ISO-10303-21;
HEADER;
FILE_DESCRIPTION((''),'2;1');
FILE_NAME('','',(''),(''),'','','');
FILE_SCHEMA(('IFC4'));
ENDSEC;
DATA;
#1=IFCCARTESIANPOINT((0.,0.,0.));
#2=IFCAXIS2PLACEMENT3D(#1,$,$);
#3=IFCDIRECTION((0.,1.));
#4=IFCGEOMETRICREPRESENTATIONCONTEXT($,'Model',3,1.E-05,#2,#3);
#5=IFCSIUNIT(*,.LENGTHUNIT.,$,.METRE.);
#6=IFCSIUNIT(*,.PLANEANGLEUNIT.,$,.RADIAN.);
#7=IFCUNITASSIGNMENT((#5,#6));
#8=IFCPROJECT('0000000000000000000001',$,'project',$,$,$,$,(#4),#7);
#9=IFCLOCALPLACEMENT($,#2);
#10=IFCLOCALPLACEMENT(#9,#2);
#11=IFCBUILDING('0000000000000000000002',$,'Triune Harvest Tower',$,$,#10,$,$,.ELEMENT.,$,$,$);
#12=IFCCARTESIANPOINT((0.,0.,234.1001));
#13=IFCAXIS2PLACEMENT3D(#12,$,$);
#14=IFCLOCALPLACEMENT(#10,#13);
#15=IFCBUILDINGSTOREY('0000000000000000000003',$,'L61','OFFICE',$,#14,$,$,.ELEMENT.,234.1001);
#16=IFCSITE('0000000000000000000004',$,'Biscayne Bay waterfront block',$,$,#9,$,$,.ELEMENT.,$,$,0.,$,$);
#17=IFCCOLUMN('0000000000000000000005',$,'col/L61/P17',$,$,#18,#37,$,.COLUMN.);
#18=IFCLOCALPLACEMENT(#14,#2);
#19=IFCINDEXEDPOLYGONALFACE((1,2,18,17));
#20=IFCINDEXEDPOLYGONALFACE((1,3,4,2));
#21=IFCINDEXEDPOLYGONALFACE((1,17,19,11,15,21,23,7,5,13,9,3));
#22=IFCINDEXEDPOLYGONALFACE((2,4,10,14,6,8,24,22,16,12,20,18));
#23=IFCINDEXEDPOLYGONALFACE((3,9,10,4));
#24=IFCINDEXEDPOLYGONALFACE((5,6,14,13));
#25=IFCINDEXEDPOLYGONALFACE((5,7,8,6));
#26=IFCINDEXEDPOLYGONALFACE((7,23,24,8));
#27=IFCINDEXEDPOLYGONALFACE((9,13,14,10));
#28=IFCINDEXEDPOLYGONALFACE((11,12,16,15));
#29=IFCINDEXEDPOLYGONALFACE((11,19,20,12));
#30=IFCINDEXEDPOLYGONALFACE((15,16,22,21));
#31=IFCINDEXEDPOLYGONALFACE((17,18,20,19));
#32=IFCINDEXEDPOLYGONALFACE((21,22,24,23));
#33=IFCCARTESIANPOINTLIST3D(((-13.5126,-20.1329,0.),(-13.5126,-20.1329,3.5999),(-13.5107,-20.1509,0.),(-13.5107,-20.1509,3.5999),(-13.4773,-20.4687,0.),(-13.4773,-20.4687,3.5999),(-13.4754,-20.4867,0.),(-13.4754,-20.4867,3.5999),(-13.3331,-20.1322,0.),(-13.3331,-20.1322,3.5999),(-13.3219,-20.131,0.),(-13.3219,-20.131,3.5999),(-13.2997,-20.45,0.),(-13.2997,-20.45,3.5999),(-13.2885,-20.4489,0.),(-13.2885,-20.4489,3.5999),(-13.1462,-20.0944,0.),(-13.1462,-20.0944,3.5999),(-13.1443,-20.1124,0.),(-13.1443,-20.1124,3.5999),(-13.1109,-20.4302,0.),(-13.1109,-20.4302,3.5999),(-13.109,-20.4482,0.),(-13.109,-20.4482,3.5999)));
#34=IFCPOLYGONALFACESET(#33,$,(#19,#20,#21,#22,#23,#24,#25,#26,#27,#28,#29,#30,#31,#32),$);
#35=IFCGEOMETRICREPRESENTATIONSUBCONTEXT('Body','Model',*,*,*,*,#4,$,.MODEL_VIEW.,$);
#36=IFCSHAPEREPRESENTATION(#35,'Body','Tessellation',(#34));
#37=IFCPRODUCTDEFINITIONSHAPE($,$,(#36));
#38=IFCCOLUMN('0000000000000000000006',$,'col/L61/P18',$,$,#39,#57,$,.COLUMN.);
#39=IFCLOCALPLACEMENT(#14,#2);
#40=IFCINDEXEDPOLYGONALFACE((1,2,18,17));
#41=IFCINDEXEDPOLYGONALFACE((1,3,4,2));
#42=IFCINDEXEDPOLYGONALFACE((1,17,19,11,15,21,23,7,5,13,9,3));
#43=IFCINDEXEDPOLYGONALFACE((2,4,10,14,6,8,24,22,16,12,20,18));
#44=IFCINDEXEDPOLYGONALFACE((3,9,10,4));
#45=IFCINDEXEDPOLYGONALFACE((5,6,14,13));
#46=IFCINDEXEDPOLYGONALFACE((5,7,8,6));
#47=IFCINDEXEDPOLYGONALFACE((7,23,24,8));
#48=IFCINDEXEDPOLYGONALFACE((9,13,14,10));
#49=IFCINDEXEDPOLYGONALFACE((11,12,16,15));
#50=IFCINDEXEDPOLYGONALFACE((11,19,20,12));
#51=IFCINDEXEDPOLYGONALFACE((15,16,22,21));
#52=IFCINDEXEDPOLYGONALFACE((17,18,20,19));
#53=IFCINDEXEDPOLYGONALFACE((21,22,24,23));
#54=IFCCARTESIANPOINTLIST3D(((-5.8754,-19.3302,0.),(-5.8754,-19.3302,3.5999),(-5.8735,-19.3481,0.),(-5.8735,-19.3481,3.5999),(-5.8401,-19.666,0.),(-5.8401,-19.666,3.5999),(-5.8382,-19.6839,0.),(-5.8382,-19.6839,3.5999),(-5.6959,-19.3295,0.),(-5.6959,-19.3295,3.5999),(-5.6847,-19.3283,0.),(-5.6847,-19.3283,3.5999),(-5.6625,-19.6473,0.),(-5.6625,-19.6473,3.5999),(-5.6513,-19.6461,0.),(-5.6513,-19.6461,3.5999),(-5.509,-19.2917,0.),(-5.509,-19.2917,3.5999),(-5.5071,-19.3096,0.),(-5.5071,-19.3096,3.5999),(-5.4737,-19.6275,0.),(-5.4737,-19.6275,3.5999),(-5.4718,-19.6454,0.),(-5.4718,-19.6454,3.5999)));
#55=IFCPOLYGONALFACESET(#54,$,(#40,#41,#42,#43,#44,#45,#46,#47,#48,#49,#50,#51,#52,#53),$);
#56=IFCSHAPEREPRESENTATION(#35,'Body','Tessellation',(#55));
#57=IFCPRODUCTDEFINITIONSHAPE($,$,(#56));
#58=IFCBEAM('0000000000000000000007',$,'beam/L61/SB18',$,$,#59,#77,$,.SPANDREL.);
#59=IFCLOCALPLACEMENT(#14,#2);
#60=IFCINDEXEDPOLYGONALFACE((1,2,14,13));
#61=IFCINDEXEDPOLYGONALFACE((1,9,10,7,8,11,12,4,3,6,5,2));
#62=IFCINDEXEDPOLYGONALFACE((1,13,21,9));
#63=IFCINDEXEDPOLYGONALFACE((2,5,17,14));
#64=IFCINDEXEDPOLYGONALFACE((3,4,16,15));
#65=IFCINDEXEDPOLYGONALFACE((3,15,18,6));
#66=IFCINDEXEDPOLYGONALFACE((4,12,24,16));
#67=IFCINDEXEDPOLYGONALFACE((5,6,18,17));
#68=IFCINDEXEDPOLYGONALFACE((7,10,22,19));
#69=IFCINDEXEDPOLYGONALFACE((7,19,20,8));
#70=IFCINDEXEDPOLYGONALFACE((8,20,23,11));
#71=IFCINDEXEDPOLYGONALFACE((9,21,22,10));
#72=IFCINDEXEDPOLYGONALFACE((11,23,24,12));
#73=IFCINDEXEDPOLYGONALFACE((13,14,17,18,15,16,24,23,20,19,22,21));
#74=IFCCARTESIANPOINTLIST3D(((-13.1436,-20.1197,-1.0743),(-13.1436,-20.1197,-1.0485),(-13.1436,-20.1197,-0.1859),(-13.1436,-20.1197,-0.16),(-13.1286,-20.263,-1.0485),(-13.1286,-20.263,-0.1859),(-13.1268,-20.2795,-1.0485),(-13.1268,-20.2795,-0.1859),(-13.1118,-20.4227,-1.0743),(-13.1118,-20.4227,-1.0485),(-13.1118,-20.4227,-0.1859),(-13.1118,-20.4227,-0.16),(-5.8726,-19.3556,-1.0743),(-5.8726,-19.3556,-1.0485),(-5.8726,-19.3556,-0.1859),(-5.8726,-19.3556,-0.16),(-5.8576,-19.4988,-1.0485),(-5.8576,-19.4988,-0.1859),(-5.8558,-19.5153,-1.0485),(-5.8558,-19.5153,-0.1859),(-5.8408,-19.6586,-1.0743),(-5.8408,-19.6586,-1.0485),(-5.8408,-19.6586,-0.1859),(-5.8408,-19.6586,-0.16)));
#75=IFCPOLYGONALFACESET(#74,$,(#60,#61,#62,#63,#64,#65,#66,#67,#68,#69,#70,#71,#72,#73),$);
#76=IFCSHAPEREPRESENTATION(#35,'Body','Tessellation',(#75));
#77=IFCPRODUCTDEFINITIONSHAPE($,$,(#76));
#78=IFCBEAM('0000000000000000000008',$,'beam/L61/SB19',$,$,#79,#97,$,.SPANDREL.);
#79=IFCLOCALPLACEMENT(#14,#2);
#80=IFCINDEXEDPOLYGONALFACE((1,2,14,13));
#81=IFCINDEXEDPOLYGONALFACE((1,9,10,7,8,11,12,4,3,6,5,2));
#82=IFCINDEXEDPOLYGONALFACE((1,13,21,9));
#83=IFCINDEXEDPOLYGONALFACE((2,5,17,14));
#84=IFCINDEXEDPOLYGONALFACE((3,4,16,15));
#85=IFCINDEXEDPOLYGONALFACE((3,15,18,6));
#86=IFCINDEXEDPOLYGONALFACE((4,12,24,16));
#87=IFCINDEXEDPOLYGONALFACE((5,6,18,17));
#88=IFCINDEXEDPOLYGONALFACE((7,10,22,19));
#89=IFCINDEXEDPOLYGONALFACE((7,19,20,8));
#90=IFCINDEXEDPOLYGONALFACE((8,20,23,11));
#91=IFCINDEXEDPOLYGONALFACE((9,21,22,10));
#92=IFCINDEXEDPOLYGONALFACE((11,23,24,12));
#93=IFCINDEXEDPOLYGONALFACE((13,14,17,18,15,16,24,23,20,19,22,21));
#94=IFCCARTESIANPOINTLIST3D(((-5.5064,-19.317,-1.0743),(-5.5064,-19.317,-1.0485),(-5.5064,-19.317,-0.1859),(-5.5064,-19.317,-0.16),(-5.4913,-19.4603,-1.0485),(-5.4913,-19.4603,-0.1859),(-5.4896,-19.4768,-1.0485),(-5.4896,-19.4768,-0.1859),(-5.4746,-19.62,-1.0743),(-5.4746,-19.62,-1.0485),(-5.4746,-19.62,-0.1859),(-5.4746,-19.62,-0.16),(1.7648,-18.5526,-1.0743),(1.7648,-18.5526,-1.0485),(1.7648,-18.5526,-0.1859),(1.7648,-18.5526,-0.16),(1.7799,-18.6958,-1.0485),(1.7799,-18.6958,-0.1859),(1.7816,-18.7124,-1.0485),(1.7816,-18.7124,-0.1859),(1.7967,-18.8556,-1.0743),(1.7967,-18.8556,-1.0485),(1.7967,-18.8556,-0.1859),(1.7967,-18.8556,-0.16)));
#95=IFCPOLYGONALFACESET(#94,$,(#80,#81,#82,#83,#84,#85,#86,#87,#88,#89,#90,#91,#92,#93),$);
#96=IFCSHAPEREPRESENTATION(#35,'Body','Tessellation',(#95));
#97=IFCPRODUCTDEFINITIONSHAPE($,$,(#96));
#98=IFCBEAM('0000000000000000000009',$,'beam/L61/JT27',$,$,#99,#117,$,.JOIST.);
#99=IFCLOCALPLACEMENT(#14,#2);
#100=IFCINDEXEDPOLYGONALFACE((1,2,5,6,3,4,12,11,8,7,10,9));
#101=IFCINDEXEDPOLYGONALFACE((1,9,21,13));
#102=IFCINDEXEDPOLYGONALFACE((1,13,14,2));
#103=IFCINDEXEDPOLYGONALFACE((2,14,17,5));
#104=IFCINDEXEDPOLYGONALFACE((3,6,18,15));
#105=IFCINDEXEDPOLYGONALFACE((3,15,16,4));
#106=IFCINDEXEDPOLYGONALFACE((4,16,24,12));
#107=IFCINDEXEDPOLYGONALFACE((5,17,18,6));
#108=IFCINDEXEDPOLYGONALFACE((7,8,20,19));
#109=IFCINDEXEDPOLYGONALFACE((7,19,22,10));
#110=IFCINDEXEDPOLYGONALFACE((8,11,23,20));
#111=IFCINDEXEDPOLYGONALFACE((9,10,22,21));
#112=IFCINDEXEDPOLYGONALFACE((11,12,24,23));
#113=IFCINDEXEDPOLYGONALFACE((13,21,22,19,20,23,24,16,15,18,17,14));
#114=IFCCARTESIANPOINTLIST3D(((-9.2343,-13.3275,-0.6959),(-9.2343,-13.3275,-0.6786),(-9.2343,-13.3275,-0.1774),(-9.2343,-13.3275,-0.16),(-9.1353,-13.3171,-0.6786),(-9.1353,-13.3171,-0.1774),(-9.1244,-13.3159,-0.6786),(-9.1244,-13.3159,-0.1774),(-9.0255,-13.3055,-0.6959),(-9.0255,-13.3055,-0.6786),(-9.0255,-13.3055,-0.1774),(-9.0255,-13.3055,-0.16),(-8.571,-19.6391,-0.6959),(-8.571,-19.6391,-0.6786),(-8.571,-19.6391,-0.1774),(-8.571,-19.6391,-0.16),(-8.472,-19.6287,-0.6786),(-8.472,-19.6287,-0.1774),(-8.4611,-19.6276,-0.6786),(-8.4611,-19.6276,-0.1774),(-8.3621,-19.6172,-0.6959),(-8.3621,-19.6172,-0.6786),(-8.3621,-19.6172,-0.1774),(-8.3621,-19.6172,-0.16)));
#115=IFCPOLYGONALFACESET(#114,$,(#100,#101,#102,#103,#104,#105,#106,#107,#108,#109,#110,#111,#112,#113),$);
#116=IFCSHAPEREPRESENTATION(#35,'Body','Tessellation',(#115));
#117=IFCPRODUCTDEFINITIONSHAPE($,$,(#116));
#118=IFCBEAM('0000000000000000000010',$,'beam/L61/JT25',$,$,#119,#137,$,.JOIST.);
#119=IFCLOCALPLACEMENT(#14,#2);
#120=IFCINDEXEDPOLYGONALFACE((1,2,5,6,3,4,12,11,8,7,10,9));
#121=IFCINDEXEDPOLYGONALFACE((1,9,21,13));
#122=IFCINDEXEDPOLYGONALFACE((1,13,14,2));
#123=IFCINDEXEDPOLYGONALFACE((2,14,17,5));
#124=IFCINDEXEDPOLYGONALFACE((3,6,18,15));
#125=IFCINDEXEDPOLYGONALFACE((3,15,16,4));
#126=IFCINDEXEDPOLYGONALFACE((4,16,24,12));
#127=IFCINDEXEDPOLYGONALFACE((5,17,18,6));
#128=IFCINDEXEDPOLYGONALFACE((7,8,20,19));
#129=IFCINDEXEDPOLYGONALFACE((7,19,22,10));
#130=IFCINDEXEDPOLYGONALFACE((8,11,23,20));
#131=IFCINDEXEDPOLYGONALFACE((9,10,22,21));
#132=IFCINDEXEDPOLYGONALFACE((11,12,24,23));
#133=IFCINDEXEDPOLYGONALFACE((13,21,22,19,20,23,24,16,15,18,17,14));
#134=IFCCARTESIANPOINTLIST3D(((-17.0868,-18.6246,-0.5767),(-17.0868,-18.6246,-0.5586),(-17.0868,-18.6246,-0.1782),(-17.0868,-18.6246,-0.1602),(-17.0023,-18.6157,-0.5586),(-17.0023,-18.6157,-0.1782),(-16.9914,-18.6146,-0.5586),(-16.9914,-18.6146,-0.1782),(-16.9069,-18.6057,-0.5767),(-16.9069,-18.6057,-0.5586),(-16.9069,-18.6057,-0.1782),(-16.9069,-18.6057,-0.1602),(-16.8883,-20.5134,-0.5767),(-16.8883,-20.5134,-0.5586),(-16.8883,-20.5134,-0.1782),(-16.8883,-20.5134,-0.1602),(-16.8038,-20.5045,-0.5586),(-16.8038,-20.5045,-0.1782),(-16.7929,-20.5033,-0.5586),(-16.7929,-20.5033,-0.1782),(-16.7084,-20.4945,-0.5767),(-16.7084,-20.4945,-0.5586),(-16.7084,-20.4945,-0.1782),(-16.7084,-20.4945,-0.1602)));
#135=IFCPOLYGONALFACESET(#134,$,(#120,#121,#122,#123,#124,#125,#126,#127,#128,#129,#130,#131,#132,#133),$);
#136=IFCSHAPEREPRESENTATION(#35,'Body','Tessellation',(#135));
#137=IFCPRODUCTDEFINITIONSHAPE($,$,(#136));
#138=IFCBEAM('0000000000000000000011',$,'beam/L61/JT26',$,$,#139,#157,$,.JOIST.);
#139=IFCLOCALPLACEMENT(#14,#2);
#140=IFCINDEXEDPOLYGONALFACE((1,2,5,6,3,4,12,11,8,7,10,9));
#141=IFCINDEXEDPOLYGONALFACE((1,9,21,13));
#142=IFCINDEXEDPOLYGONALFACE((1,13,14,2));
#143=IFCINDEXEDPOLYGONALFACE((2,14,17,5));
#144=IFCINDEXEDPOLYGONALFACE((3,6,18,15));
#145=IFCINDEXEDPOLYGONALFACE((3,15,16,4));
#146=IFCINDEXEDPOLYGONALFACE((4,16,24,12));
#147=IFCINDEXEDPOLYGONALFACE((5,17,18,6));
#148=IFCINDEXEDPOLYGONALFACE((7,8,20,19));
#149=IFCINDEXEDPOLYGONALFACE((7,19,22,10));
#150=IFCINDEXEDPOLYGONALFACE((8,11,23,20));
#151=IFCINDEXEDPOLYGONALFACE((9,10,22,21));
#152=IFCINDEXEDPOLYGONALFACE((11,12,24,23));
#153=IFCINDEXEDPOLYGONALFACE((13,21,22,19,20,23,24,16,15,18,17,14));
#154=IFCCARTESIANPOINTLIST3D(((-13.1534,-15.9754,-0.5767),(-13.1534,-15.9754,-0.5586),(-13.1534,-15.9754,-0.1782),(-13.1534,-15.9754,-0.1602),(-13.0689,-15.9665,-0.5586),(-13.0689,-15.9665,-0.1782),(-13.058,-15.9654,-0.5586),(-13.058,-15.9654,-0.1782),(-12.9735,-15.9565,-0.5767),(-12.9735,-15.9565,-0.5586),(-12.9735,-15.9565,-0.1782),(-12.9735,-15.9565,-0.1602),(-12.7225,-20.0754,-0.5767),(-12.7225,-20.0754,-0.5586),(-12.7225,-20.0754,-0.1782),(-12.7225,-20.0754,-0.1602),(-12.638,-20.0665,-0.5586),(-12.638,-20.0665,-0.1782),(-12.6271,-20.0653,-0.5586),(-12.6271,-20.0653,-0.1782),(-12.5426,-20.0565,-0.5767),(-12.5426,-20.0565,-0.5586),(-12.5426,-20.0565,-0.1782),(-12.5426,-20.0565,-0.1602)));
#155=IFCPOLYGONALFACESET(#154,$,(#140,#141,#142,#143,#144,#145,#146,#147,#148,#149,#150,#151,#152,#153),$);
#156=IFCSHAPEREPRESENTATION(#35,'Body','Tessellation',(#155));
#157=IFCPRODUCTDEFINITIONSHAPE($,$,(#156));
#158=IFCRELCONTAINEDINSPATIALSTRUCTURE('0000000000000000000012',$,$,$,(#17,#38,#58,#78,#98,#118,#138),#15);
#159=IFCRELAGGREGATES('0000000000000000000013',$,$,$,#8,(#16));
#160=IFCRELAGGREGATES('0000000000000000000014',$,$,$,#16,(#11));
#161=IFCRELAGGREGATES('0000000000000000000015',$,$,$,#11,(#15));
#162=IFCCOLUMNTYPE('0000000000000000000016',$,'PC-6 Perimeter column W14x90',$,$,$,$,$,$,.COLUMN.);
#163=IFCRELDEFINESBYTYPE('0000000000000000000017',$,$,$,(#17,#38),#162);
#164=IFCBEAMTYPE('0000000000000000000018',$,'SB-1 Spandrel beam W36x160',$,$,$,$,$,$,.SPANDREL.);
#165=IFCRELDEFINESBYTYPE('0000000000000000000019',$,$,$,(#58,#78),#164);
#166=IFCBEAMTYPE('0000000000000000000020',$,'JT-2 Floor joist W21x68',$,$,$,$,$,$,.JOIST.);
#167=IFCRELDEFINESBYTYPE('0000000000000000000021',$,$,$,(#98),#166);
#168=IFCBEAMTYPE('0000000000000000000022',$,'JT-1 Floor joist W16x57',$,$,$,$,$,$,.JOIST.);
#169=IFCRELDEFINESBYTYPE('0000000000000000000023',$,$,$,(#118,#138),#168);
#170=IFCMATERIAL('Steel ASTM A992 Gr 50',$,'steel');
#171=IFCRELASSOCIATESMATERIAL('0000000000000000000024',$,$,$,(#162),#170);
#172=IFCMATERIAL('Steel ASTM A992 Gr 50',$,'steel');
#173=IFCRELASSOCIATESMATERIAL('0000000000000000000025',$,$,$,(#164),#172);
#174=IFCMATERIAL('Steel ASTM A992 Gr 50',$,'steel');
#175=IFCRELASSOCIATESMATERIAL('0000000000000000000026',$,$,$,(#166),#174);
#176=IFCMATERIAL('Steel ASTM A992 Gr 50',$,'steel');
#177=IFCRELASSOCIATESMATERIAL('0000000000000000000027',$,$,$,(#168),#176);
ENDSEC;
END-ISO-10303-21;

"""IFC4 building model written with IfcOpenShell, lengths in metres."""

from ifc_helpers import new_model, si_unit, direction, frame, origin, origin_2d, place, context, subcontext, project, spatial, i_section, extrude, source, transform, mapped, material, material_profile, profile_set, type_object, element, save


model = new_model("IFC4")

# Units and contexts
model_context = context("Model", 3, precision=1e-05, world=origin(), true_north=direction((0.0, 1.0)))
body_context = subcontext(model_context, "Body", "Model", "MODEL_VIEW")
ifc_project = project(units=[si_unit("LENGTHUNIT", "METRE"), si_unit("PLANEANGLEUNIT", "RADIAN")], contexts=[model_context])

# Site, building, storey
site_placement = place(None, origin())
site = spatial("IfcSite", under=ifc_project, at=site_placement, Name="Biscayne Bay waterfront block", CompositionType="ELEMENT", RefElevation=0.0)
building_placement = place(site_placement, origin())
building = spatial("IfcBuilding", under=site, at=building_placement, Name="Triune Harvest Tower", CompositionType="ELEMENT")
storey_placement = place(building_placement, frame((0.0, 0.0, 234.1001)))
storey = spatial("IfcBuildingStorey", under=building, at=storey_placement, Name="L61", Description="OFFICE", CompositionType="ELEMENT", Elevation=234.1001)

# Columns
ifc_material_1 = material(Name="Steel ASTM A992 Gr 50", Category="steel")
ifc_material_profile_1 = material_profile(ifc_material_1, i_section(OverallWidth=0.3684, OverallDepth=0.3557, WebThickness=0.0112, FlangeThickness=0.0181, at=origin_2d()), Name="W14x90")
ifc_profile_set_1 = profile_set([ifc_material_profile_1], Name="Steel ASTM A992 Gr 50")
column_type = type_object("IfcColumnType", Name="PC-6 Perimeter column W14x90", PredefinedType="COLUMN", material=ifc_profile_set_1)
shared_shape_1 = source(origin(), body_context, "Body", "SweptSolid", [
    extrude(i_section(OverallWidth=0.3684, OverallDepth=0.3557, WebThickness=0.0112, FlangeThickness=0.0181, at=origin_2d()), origin(), (0.0, 0.0, 1.0), 3.5999),
])
for number, where, z_axis, x_axis, name in (
    (1, (-13.3108, -20.2905, 0.0), (0.0, 0.0, 1.0), (0.994522, 0.10453, 0.0), "col/L61/P17"),
    (2, (-5.6736, -19.4878, 0.0), (0.0, 0.0, 1.0), (0.994522, 0.10453, 0.0), "col/L61/P18"),
):
    element("IfcColumn", number, at=place(storey_placement, frame(where, z_axis=z_axis, x_axis=x_axis)), inside=storey, type_object=column_type, Name=name, PredefinedType="COLUMN", context=body_context, shape_type="MappedRepresentation", body=[
        mapped(shared_shape_1, transform((0.0, 0.0, 0.0), scale=1.0)),
    ])

# Beams
ifc_material_2 = material(Name="Steel ASTM A992 Gr 50", Category="steel")
ifc_material_profile_2 = material_profile(ifc_material_2, i_section(OverallWidth=0.3047, OverallDepth=0.9143, WebThickness=0.0166, FlangeThickness=0.0259, at=origin_2d()), Name="W36x160")
ifc_profile_set_2 = profile_set([ifc_material_profile_2], Name="Steel ASTM A992 Gr 50")
beam_type_1 = type_object("IfcBeamType", Name="SB-1 Spandrel beam W36x160", PredefinedType="SPANDREL", material=ifc_profile_set_2)
shared_shape_2 = source(origin(), body_context, "Body", "SweptSolid", [
    extrude(i_section(OverallWidth=0.3047, OverallDepth=0.9143, WebThickness=0.0166, FlangeThickness=0.0259, at=origin_2d()), origin(), (0.0, 0.0, 1.0), 7.311),
])
beam_1_placement = place(storey_placement, frame((-13.1277, -20.2712, -0.6172), z_axis=(0.994523, 0.104521, 0.0), x_axis=(-0.104521, 0.994523, 0.0)))
element("IfcBeam", 3, at=beam_1_placement, inside=storey, type_object=beam_type_1, Name="beam/L61/SB18", PredefinedType="SPANDREL", context=body_context, shape_type="MappedRepresentation", body=[
    mapped(shared_shape_2, transform((0.0, 0.0, 0.0), scale=1.0)),
])
shared_shape_3 = source(origin(), body_context, "Body", "SweptSolid", [
    extrude(i_section(OverallWidth=0.3047, OverallDepth=0.9143, WebThickness=0.0166, FlangeThickness=0.0259, at=origin_2d()), origin(), (0.0, 0.0, 1.0), 7.3113),
])
beam_2_placement = place(storey_placement, frame((-5.4905, -19.4685, -0.6172), z_axis=(0.99452, 0.104551, 0.0), x_axis=(-0.104551, 0.99452, 0.0)))
element("IfcBeam", 4, at=beam_2_placement, inside=storey, type_object=beam_type_1, Name="beam/L61/SB19", PredefinedType="SPANDREL", context=body_context, shape_type="MappedRepresentation", body=[
    mapped(shared_shape_3, transform((0.0, 0.0, 0.0), scale=1.0)),
])
ifc_material_3 = material(Name="Steel ASTM A992 Gr 50", Category="steel")
ifc_material_profile_3 = material_profile(ifc_material_3, i_section(OverallWidth=0.21, OverallDepth=0.5359, WebThickness=0.011, FlangeThickness=0.0173, at=origin_2d()), Name="W21x68")
ifc_profile_set_3 = profile_set([ifc_material_profile_3], Name="Steel ASTM A992 Gr 50")
beam_type_2 = type_object("IfcBeamType", Name="JT-2 Floor joist W21x68", PredefinedType="JOIST", material=ifc_profile_set_3)
shared_shape_4 = source(origin(), body_context, "Body", "SweptSolid", [
    extrude(i_section(OverallWidth=0.21, OverallDepth=0.5359, WebThickness=0.011, FlangeThickness=0.0173, at=origin_2d()), origin(), (0.0, 0.0, 1.0), 6.3464),
])
beam_3_placement = place(storey_placement, frame((-8.4666, -19.6282, -0.428), z_axis=(-0.104519, 0.994523, 0.0), x_axis=(-0.994523, -0.104519, 0.0)))
element("IfcBeam", 5, at=beam_3_placement, inside=storey, type_object=beam_type_2, Name="beam/L61/JT27", PredefinedType="JOIST", context=body_context, shape_type="MappedRepresentation", body=[
    mapped(shared_shape_4, transform((0.0, 0.0, 0.0), scale=1.0)),
])
ifc_material_4 = material(Name="Steel ASTM A992 Gr 50", Category="steel")
ifc_material_profile_4 = material_profile(ifc_material_4, i_section(OverallWidth=0.1809, OverallDepth=0.4165, WebThickness=0.011, FlangeThickness=0.0181, at=origin_2d()), Name="W16x57")
ifc_profile_set_4 = profile_set([ifc_material_profile_4], Name="Steel ASTM A992 Gr 50")
beam_type_3 = type_object("IfcBeamType", Name="JT-1 Floor joist W16x57", PredefinedType="JOIST", material=ifc_profile_set_4)
shared_shape_5 = source(origin(), body_context, "Body", "SweptSolid", [
    extrude(i_section(OverallWidth=0.1809, OverallDepth=0.4165, WebThickness=0.011, FlangeThickness=0.0181, at=origin_2d()), origin(), (0.0, 0.0, 1.0), 1.8992),
])
beam_4_placement = place(storey_placement, frame((-16.7983, -20.5039, -0.3684), z_axis=(-0.104517, 0.994523, 0.0), x_axis=(-0.994523, -0.104517, 0.0)))
element("IfcBeam", 6, at=beam_4_placement, inside=storey, type_object=beam_type_3, Name="beam/L61/JT25", PredefinedType="JOIST", context=body_context, shape_type="MappedRepresentation", body=[
    mapped(shared_shape_5, transform((0.0, 0.0, 0.0), scale=1.0)),
])
shared_shape_6 = source(origin(), body_context, "Body", "SweptSolid", [
    extrude(i_section(OverallWidth=0.1809, OverallDepth=0.4165, WebThickness=0.011, FlangeThickness=0.0181, at=origin_2d()), origin(), (0.0, 0.0, 1.0), 4.1226),
])
beam_5_placement = place(storey_placement, frame((-12.6326, -20.0659, -0.3684), z_axis=(-0.104521, 0.994523, 0.0), x_axis=(-0.994523, -0.104521, 0.0)))
element("IfcBeam", 7, at=beam_5_placement, inside=storey, type_object=beam_type_3, Name="beam/L61/JT26", PredefinedType="JOIST", context=body_context, shape_type="MappedRepresentation", body=[
    mapped(shared_shape_6, transform((0.0, 0.0, 0.0), scale=1.0)),
])

save(model, "model.ifc")
